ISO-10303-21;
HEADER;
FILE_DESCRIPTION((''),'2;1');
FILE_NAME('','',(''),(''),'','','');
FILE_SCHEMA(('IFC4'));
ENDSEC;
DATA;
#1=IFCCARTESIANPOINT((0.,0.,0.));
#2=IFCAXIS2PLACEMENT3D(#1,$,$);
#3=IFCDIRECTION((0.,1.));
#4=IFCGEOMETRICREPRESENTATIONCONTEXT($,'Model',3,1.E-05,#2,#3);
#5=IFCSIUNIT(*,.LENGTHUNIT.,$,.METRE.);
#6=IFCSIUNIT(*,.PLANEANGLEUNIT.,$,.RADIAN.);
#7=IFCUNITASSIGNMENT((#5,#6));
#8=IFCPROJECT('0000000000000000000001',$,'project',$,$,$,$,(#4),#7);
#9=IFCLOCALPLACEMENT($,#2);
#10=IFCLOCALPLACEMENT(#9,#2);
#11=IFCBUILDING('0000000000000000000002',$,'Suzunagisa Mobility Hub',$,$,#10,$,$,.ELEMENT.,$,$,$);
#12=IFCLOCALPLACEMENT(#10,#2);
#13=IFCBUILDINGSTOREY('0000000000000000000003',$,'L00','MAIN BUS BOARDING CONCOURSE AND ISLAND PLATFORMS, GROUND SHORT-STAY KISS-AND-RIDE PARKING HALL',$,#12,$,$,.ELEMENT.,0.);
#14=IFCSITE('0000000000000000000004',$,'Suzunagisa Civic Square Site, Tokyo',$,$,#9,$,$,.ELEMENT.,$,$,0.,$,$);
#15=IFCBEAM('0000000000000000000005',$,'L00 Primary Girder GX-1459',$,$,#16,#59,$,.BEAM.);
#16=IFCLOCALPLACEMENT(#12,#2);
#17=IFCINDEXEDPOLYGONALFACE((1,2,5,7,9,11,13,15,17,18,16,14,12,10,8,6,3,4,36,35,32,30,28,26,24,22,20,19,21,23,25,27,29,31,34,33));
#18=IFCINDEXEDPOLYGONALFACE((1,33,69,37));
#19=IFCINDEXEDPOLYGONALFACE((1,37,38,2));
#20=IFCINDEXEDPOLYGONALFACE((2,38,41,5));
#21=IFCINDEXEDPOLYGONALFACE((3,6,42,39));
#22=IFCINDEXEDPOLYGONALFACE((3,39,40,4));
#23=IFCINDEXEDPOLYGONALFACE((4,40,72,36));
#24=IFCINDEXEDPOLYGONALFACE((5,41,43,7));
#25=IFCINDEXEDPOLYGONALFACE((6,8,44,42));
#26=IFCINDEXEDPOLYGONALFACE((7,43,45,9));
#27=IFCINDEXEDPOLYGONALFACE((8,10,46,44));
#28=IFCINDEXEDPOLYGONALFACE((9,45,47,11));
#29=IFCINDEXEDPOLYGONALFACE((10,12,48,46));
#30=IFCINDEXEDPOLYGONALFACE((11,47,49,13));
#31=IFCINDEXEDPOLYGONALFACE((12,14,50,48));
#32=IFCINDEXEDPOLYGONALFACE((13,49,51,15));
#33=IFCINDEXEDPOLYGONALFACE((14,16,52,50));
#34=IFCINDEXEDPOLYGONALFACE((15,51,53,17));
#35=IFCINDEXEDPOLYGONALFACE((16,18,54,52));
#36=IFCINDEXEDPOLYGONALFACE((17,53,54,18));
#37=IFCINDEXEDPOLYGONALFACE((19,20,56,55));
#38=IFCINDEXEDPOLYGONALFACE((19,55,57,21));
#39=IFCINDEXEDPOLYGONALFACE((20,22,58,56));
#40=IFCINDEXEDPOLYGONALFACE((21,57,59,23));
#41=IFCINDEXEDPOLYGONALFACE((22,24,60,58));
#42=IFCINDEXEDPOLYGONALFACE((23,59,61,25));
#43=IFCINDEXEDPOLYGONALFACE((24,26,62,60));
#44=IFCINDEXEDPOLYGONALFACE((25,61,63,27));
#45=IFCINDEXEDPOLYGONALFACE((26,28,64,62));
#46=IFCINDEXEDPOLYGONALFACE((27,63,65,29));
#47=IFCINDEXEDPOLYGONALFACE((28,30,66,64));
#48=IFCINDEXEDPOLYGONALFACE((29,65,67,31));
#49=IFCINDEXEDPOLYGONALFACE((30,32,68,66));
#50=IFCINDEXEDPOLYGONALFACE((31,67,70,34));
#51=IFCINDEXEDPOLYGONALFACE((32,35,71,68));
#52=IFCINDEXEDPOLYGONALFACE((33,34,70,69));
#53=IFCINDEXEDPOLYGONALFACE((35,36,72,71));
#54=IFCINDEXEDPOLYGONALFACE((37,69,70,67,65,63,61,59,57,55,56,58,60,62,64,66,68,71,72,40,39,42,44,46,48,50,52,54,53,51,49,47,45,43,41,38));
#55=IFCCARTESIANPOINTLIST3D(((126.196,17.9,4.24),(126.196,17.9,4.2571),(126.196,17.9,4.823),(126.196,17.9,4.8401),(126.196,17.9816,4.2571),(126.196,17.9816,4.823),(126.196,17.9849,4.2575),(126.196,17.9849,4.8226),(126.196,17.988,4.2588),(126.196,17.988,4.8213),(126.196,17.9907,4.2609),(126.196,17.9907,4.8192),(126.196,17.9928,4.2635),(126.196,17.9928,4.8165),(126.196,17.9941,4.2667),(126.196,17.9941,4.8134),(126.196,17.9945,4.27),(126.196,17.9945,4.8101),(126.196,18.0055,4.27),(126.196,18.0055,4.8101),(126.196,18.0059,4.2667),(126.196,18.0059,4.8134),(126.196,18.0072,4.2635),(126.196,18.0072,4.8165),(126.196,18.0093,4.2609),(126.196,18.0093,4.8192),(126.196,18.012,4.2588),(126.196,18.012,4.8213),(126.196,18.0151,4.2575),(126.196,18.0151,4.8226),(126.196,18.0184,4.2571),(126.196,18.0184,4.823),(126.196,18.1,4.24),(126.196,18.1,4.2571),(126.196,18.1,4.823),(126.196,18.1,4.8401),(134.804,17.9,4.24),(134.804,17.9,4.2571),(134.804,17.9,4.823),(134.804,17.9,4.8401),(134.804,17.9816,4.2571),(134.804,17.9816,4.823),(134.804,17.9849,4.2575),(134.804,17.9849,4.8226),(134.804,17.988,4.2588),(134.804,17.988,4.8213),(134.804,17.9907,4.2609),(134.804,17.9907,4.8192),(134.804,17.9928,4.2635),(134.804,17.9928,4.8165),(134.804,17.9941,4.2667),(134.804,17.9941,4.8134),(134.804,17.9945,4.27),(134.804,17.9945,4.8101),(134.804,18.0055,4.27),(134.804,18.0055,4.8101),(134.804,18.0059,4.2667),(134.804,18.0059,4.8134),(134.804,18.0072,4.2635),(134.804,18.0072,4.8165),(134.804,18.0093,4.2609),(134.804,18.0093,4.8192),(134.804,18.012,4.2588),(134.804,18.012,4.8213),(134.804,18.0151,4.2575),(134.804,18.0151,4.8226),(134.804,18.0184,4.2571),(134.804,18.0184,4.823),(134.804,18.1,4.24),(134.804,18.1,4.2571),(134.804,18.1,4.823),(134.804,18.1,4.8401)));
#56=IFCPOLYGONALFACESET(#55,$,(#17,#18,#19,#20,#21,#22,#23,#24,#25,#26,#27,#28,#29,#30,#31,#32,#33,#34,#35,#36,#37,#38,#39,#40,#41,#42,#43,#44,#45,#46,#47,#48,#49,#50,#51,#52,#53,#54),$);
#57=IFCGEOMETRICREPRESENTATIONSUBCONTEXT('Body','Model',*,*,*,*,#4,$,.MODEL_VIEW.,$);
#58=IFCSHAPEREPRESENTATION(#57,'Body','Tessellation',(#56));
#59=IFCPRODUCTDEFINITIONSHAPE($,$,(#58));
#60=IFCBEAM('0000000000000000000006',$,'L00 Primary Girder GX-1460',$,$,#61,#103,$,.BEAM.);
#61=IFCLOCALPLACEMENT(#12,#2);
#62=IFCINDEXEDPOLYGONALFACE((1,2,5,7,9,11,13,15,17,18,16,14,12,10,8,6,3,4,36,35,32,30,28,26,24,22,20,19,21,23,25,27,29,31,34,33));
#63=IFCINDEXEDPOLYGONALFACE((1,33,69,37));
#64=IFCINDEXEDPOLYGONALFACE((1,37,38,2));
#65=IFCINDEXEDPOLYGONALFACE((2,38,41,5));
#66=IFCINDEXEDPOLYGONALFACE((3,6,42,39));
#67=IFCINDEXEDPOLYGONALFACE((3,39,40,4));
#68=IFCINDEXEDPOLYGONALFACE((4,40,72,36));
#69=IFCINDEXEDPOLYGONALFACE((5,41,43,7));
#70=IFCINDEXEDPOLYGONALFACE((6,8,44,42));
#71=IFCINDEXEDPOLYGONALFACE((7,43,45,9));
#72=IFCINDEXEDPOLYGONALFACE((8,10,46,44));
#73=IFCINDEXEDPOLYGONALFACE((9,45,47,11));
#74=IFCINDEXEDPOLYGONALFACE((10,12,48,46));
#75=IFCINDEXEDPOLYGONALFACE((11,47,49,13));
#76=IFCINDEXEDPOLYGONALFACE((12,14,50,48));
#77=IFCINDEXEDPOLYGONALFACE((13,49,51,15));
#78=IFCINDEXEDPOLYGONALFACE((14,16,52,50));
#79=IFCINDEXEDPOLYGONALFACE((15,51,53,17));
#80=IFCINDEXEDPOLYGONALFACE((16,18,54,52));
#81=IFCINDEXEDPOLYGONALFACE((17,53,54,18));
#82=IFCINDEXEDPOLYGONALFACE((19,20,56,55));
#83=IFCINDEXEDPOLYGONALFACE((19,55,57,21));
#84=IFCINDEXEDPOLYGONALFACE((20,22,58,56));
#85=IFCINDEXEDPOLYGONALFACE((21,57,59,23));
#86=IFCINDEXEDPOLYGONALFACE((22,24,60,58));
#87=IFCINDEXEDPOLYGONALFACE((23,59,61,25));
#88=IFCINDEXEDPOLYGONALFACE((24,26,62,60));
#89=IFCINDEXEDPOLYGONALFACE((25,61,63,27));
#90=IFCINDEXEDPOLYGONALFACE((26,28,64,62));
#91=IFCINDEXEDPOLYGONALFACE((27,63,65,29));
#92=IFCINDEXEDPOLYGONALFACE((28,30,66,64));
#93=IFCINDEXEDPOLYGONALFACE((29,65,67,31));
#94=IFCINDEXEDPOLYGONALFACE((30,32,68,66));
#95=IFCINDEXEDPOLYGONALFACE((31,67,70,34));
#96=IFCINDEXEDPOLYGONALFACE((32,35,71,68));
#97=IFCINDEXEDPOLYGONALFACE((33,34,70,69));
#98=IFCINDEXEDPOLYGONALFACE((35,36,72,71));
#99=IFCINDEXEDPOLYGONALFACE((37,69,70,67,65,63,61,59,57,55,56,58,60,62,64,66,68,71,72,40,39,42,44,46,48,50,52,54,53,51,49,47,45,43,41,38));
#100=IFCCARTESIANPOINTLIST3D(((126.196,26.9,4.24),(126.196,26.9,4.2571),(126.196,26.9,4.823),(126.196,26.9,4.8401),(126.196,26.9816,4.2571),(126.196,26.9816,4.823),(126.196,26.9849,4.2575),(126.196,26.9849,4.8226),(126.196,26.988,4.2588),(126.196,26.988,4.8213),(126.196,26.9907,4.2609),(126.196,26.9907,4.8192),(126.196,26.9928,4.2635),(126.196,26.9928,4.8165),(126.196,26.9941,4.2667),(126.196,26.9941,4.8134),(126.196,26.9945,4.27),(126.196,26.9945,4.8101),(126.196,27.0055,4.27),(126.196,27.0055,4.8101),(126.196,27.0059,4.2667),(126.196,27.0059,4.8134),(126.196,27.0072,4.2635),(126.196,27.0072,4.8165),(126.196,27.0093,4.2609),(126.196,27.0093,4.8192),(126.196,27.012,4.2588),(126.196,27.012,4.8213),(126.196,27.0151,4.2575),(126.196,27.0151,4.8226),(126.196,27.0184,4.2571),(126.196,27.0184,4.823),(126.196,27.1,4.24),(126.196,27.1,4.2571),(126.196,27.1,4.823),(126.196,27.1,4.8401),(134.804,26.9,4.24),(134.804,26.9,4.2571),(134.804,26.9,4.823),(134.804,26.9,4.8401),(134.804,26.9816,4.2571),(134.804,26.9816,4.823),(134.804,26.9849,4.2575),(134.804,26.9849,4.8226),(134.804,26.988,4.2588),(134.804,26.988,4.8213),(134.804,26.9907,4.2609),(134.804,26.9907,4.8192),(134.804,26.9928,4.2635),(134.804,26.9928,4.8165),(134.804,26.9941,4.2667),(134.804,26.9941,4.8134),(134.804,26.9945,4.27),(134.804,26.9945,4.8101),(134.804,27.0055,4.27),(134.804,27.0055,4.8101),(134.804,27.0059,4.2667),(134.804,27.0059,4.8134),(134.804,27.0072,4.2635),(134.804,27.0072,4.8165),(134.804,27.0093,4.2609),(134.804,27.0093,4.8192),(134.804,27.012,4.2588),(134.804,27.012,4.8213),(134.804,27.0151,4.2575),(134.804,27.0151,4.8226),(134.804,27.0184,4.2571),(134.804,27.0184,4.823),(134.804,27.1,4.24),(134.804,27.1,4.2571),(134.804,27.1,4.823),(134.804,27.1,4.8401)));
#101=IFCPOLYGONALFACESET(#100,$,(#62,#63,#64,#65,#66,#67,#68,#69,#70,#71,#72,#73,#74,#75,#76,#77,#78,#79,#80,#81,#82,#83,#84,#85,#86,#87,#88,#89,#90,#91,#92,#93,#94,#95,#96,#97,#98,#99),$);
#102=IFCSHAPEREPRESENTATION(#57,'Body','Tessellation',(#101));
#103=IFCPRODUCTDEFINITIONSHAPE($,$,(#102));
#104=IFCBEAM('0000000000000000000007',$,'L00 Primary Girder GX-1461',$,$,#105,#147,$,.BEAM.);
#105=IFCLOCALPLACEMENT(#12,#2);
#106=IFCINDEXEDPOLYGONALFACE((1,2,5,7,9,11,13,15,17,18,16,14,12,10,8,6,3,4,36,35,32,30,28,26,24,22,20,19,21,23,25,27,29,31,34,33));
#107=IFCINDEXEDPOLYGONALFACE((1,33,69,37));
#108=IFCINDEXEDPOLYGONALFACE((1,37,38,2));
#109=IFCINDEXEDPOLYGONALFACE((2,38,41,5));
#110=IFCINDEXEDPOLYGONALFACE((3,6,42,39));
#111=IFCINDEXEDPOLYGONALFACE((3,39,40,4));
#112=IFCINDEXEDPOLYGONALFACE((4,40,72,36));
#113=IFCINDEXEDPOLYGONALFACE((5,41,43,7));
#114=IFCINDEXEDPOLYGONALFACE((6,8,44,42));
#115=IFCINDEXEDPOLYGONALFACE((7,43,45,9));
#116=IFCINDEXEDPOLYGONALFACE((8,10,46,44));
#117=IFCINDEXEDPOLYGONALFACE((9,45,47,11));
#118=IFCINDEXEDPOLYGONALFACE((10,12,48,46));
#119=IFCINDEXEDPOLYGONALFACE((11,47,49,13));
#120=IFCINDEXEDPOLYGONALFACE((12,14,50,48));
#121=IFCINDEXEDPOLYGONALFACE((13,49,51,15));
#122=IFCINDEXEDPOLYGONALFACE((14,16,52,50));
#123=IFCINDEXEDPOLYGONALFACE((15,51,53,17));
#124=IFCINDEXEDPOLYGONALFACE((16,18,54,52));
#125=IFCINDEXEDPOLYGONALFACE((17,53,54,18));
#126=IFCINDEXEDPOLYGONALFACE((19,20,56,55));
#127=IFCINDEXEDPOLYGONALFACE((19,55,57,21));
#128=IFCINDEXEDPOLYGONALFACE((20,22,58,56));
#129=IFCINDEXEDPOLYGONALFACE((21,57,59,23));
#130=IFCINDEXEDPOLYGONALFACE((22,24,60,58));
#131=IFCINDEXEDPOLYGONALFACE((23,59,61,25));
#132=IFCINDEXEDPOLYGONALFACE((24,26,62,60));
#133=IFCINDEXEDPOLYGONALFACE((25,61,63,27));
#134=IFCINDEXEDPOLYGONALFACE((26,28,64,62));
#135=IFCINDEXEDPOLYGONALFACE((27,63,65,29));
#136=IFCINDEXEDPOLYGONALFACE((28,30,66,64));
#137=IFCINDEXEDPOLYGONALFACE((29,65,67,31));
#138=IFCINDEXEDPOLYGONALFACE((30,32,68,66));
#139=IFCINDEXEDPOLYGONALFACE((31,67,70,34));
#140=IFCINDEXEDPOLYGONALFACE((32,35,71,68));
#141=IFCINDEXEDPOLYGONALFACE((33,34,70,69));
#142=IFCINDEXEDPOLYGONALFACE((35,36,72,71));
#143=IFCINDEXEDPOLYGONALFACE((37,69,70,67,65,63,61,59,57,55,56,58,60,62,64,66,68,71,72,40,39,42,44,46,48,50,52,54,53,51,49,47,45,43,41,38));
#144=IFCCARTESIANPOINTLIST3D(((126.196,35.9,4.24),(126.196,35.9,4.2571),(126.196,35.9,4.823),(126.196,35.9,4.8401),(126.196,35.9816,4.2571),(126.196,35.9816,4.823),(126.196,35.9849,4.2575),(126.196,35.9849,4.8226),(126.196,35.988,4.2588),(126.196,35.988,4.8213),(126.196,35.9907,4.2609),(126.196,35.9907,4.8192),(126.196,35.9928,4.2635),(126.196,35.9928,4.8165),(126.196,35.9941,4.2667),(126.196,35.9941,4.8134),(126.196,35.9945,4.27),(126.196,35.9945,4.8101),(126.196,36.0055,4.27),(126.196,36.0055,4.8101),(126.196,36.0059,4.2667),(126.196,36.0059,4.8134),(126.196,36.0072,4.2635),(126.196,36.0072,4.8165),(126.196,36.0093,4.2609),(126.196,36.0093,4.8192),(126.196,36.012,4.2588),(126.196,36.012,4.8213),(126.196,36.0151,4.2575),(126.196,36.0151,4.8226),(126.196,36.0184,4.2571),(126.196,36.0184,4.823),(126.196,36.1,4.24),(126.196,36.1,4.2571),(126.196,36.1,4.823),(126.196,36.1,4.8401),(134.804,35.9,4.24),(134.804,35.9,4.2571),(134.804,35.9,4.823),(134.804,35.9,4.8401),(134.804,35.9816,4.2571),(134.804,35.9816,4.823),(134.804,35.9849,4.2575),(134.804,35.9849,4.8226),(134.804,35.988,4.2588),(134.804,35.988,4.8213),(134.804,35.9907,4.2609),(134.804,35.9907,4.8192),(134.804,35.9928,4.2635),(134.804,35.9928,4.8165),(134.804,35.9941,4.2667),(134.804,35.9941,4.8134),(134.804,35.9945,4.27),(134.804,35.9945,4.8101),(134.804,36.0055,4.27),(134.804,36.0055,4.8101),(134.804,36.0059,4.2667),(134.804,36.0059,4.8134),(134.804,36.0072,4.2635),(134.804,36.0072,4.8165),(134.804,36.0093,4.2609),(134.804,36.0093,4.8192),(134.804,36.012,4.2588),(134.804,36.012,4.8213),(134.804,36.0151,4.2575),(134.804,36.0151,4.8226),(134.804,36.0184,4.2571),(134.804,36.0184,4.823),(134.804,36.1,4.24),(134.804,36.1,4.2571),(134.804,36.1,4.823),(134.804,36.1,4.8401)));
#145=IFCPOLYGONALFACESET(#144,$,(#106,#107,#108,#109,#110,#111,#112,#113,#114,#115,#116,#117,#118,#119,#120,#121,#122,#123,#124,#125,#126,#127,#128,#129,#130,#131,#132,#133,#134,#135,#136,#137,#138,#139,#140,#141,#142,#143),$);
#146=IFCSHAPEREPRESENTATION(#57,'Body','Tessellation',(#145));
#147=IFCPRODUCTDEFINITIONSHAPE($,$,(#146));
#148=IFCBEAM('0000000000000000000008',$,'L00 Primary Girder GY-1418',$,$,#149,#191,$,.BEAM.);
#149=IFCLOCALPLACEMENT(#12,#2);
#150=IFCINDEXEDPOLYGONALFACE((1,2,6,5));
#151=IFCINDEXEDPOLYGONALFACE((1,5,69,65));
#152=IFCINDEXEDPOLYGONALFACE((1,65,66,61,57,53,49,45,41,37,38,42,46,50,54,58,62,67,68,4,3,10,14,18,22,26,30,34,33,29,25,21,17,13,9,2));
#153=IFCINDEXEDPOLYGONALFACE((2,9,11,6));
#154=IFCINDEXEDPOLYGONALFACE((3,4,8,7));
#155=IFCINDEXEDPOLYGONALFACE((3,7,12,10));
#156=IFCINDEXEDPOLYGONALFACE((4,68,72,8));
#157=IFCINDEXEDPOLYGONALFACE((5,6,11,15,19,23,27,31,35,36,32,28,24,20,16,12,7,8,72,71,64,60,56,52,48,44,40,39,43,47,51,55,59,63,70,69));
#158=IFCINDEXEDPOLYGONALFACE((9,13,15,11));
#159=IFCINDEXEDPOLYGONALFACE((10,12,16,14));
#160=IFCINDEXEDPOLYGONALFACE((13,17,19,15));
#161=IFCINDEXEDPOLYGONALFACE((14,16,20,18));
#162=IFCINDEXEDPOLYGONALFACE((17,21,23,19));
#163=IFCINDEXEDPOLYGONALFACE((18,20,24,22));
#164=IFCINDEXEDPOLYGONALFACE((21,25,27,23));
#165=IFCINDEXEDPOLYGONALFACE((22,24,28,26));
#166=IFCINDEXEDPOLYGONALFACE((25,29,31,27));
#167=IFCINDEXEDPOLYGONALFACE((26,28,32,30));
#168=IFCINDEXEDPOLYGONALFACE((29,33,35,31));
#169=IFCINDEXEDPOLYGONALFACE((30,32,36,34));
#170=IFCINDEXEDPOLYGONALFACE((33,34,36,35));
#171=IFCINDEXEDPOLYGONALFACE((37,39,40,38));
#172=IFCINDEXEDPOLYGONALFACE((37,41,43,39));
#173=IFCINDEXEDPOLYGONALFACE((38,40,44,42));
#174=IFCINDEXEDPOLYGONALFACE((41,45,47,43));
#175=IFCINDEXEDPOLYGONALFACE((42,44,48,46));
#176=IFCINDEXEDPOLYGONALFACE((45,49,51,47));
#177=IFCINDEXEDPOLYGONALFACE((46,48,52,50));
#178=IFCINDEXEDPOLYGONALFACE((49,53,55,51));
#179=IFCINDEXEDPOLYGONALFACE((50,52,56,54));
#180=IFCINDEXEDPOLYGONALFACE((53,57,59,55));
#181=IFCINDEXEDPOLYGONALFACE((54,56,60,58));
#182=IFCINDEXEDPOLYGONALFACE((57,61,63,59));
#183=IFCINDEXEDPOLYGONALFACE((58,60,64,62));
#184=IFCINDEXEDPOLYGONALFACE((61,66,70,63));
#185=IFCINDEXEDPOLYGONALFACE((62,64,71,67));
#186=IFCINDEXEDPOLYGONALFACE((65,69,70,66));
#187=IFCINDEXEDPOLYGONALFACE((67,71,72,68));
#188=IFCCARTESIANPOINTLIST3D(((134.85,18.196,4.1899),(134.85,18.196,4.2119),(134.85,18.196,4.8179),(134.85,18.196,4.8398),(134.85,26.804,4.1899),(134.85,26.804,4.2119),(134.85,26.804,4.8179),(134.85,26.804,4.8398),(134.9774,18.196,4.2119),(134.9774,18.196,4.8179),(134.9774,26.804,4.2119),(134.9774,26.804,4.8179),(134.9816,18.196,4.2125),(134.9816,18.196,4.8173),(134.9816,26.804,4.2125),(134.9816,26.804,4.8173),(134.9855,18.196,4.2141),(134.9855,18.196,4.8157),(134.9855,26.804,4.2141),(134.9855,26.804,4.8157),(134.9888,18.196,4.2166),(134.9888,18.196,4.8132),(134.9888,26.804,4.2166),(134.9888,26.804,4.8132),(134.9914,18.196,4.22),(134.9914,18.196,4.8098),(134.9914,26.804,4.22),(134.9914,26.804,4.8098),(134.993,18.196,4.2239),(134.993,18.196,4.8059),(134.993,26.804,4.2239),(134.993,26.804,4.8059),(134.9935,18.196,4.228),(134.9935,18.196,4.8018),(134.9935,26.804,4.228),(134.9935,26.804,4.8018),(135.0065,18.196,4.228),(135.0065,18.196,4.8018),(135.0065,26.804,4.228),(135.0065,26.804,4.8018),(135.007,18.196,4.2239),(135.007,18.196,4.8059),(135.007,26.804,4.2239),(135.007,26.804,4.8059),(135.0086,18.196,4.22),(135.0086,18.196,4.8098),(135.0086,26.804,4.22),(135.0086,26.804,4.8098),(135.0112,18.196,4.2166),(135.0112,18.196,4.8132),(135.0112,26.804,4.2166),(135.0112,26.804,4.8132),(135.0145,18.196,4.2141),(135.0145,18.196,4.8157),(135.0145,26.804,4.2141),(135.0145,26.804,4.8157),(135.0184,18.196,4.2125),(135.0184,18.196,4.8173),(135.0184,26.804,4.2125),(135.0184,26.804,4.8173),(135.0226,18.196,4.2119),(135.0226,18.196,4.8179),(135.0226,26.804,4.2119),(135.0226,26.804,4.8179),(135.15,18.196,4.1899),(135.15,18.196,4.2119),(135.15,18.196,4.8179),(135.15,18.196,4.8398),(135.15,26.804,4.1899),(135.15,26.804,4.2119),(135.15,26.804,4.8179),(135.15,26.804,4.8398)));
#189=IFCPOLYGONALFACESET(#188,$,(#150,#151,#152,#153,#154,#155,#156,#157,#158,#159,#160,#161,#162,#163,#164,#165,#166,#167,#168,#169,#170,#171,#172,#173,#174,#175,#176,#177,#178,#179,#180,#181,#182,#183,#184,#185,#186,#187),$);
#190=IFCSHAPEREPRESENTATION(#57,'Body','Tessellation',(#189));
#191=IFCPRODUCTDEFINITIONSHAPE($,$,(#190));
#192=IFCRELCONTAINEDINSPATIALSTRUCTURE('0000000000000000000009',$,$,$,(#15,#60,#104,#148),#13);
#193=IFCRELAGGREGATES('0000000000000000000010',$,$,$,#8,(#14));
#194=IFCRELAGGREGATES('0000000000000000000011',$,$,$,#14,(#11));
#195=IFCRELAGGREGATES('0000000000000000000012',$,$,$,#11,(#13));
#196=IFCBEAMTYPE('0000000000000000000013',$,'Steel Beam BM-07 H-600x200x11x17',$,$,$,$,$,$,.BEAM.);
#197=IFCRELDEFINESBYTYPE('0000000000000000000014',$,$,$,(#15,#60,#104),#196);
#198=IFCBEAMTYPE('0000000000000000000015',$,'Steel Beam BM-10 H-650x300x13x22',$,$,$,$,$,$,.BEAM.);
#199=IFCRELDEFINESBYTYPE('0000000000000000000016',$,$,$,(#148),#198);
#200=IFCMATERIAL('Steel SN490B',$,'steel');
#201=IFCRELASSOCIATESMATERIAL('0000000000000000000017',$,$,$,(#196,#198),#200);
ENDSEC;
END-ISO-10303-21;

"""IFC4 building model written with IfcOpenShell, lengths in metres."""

from ifc_helpers import new_model, si_unit, direction, frame, origin, origin_2d, place, context, subcontext, project, spatial, i_section, extrude, material, material_profile, profile_set, type_object, element, save


model = new_model("IFC4")

# Units and contexts
model_context = context("Model", 3, precision=1e-05, world=origin(), true_north=direction((0.0, 1.0)))
body_context = subcontext(model_context, "Body", "Model", "MODEL_VIEW")
ifc_project = project(units=[si_unit("LENGTHUNIT", "METRE"), si_unit("PLANEANGLEUNIT", "RADIAN")], contexts=[model_context])

# Site, building, storey
site_placement = place(None, origin())
site = spatial("IfcSite", under=ifc_project, at=site_placement, Name="Suzunagisa Civic Square Site, Tokyo", CompositionType="ELEMENT", RefElevation=0.0)
building_placement = place(site_placement, origin())
building = spatial("IfcBuilding", under=site, at=building_placement, Name="Suzunagisa Mobility Hub", CompositionType="ELEMENT")
storey_placement = place(building_placement, origin())
storey = spatial("IfcBuildingStorey", under=building, at=storey_placement, Name="L00", Description="MAIN BUS BOARDING CONCOURSE AND ISLAND PLATFORMS, GROUND SHORT-STAY KISS-AND-RIDE PARKING HALL", CompositionType="ELEMENT", Elevation=0.0)

# Shared definitions
ifc_material_1 = material(Name="Steel SN490B", Category="steel")

# Beams
ifc_material_profile_1 = material_profile(ifc_material_1, i_section(OverallWidth=0.2, OverallDepth=0.6001, WebThickness=0.011, FlangeThickness=0.0171, FilletRadius=0.0129, at=origin_2d()), Name="H-600x200x11x17")
ifc_profile_set_1 = profile_set([ifc_material_profile_1], Name="Steel SN490B")
beam_type_1 = type_object("IfcBeamType", Name="Steel Beam BM-07 H-600x200x11x17", PredefinedType="BEAM", material=ifc_profile_set_1)
for number, where, z_axis, x_axis, name in (
    (1, (126.196, 18.0, 4.54), (1.0, 0.0, 0.0), (0.0, 1.0, 0.0), "L00 Primary Girder GX-1459"),
    (2, (126.196, 27.0, 4.54), (1.0, 0.0, 0.0), (0.0, 1.0, 0.0), "L00 Primary Girder GX-1460"),
    (3, (126.196, 36.0, 4.54), (1.0, 0.0, 0.0), (0.0, 1.0, 0.0), "L00 Primary Girder GX-1461"),
):
    element("IfcBeam", number, at=place(storey_placement, frame(where, z_axis=z_axis, x_axis=x_axis)), inside=storey, type_object=beam_type_1, Name=name, PredefinedType="BEAM", context=body_context, shape_type="SweptSolid", body=[
        extrude(i_section(OverallWidth=0.2, OverallDepth=0.6001, WebThickness=0.011, FlangeThickness=0.0171, FilletRadius=0.0129, at=origin_2d()), origin(), (0.0, 0.0, 1.0), 8.6079),
    ])
ifc_material_profile_2 = material_profile(ifc_material_1, i_section(OverallWidth=0.3, OverallDepth=0.6499, WebThickness=0.0129, FlangeThickness=0.022, FilletRadius=0.0161, at=origin_2d()), Name="H-650x300x13x22")
ifc_profile_set_2 = profile_set([ifc_material_profile_2], Name="Steel SN490B")
beam_type_2 = type_object("IfcBeamType", Name="Steel Beam BM-10 H-650x300x13x22", PredefinedType="BEAM", material=ifc_profile_set_2)
for number, where, z_axis, x_axis, name in (
    (4, (135.0, 18.196, 4.5149), (0.0, 1.0, 0.0), (-1.0, 0.0, 0.0), "L00 Primary Girder GY-1418"),
):
    element("IfcBeam", number, at=place(storey_placement, frame(where, z_axis=z_axis, x_axis=x_axis)), inside=storey, type_object=beam_type_2, Name=name, PredefinedType="BEAM", context=body_context, shape_type="SweptSolid", body=[
        extrude(i_section(OverallWidth=0.3, OverallDepth=0.6499, WebThickness=0.0129, FlangeThickness=0.022, FilletRadius=0.0161, at=origin_2d()), origin(), (0.0, 0.0, 1.0), 8.6079),
    ])

save(model, "model.ifc")
